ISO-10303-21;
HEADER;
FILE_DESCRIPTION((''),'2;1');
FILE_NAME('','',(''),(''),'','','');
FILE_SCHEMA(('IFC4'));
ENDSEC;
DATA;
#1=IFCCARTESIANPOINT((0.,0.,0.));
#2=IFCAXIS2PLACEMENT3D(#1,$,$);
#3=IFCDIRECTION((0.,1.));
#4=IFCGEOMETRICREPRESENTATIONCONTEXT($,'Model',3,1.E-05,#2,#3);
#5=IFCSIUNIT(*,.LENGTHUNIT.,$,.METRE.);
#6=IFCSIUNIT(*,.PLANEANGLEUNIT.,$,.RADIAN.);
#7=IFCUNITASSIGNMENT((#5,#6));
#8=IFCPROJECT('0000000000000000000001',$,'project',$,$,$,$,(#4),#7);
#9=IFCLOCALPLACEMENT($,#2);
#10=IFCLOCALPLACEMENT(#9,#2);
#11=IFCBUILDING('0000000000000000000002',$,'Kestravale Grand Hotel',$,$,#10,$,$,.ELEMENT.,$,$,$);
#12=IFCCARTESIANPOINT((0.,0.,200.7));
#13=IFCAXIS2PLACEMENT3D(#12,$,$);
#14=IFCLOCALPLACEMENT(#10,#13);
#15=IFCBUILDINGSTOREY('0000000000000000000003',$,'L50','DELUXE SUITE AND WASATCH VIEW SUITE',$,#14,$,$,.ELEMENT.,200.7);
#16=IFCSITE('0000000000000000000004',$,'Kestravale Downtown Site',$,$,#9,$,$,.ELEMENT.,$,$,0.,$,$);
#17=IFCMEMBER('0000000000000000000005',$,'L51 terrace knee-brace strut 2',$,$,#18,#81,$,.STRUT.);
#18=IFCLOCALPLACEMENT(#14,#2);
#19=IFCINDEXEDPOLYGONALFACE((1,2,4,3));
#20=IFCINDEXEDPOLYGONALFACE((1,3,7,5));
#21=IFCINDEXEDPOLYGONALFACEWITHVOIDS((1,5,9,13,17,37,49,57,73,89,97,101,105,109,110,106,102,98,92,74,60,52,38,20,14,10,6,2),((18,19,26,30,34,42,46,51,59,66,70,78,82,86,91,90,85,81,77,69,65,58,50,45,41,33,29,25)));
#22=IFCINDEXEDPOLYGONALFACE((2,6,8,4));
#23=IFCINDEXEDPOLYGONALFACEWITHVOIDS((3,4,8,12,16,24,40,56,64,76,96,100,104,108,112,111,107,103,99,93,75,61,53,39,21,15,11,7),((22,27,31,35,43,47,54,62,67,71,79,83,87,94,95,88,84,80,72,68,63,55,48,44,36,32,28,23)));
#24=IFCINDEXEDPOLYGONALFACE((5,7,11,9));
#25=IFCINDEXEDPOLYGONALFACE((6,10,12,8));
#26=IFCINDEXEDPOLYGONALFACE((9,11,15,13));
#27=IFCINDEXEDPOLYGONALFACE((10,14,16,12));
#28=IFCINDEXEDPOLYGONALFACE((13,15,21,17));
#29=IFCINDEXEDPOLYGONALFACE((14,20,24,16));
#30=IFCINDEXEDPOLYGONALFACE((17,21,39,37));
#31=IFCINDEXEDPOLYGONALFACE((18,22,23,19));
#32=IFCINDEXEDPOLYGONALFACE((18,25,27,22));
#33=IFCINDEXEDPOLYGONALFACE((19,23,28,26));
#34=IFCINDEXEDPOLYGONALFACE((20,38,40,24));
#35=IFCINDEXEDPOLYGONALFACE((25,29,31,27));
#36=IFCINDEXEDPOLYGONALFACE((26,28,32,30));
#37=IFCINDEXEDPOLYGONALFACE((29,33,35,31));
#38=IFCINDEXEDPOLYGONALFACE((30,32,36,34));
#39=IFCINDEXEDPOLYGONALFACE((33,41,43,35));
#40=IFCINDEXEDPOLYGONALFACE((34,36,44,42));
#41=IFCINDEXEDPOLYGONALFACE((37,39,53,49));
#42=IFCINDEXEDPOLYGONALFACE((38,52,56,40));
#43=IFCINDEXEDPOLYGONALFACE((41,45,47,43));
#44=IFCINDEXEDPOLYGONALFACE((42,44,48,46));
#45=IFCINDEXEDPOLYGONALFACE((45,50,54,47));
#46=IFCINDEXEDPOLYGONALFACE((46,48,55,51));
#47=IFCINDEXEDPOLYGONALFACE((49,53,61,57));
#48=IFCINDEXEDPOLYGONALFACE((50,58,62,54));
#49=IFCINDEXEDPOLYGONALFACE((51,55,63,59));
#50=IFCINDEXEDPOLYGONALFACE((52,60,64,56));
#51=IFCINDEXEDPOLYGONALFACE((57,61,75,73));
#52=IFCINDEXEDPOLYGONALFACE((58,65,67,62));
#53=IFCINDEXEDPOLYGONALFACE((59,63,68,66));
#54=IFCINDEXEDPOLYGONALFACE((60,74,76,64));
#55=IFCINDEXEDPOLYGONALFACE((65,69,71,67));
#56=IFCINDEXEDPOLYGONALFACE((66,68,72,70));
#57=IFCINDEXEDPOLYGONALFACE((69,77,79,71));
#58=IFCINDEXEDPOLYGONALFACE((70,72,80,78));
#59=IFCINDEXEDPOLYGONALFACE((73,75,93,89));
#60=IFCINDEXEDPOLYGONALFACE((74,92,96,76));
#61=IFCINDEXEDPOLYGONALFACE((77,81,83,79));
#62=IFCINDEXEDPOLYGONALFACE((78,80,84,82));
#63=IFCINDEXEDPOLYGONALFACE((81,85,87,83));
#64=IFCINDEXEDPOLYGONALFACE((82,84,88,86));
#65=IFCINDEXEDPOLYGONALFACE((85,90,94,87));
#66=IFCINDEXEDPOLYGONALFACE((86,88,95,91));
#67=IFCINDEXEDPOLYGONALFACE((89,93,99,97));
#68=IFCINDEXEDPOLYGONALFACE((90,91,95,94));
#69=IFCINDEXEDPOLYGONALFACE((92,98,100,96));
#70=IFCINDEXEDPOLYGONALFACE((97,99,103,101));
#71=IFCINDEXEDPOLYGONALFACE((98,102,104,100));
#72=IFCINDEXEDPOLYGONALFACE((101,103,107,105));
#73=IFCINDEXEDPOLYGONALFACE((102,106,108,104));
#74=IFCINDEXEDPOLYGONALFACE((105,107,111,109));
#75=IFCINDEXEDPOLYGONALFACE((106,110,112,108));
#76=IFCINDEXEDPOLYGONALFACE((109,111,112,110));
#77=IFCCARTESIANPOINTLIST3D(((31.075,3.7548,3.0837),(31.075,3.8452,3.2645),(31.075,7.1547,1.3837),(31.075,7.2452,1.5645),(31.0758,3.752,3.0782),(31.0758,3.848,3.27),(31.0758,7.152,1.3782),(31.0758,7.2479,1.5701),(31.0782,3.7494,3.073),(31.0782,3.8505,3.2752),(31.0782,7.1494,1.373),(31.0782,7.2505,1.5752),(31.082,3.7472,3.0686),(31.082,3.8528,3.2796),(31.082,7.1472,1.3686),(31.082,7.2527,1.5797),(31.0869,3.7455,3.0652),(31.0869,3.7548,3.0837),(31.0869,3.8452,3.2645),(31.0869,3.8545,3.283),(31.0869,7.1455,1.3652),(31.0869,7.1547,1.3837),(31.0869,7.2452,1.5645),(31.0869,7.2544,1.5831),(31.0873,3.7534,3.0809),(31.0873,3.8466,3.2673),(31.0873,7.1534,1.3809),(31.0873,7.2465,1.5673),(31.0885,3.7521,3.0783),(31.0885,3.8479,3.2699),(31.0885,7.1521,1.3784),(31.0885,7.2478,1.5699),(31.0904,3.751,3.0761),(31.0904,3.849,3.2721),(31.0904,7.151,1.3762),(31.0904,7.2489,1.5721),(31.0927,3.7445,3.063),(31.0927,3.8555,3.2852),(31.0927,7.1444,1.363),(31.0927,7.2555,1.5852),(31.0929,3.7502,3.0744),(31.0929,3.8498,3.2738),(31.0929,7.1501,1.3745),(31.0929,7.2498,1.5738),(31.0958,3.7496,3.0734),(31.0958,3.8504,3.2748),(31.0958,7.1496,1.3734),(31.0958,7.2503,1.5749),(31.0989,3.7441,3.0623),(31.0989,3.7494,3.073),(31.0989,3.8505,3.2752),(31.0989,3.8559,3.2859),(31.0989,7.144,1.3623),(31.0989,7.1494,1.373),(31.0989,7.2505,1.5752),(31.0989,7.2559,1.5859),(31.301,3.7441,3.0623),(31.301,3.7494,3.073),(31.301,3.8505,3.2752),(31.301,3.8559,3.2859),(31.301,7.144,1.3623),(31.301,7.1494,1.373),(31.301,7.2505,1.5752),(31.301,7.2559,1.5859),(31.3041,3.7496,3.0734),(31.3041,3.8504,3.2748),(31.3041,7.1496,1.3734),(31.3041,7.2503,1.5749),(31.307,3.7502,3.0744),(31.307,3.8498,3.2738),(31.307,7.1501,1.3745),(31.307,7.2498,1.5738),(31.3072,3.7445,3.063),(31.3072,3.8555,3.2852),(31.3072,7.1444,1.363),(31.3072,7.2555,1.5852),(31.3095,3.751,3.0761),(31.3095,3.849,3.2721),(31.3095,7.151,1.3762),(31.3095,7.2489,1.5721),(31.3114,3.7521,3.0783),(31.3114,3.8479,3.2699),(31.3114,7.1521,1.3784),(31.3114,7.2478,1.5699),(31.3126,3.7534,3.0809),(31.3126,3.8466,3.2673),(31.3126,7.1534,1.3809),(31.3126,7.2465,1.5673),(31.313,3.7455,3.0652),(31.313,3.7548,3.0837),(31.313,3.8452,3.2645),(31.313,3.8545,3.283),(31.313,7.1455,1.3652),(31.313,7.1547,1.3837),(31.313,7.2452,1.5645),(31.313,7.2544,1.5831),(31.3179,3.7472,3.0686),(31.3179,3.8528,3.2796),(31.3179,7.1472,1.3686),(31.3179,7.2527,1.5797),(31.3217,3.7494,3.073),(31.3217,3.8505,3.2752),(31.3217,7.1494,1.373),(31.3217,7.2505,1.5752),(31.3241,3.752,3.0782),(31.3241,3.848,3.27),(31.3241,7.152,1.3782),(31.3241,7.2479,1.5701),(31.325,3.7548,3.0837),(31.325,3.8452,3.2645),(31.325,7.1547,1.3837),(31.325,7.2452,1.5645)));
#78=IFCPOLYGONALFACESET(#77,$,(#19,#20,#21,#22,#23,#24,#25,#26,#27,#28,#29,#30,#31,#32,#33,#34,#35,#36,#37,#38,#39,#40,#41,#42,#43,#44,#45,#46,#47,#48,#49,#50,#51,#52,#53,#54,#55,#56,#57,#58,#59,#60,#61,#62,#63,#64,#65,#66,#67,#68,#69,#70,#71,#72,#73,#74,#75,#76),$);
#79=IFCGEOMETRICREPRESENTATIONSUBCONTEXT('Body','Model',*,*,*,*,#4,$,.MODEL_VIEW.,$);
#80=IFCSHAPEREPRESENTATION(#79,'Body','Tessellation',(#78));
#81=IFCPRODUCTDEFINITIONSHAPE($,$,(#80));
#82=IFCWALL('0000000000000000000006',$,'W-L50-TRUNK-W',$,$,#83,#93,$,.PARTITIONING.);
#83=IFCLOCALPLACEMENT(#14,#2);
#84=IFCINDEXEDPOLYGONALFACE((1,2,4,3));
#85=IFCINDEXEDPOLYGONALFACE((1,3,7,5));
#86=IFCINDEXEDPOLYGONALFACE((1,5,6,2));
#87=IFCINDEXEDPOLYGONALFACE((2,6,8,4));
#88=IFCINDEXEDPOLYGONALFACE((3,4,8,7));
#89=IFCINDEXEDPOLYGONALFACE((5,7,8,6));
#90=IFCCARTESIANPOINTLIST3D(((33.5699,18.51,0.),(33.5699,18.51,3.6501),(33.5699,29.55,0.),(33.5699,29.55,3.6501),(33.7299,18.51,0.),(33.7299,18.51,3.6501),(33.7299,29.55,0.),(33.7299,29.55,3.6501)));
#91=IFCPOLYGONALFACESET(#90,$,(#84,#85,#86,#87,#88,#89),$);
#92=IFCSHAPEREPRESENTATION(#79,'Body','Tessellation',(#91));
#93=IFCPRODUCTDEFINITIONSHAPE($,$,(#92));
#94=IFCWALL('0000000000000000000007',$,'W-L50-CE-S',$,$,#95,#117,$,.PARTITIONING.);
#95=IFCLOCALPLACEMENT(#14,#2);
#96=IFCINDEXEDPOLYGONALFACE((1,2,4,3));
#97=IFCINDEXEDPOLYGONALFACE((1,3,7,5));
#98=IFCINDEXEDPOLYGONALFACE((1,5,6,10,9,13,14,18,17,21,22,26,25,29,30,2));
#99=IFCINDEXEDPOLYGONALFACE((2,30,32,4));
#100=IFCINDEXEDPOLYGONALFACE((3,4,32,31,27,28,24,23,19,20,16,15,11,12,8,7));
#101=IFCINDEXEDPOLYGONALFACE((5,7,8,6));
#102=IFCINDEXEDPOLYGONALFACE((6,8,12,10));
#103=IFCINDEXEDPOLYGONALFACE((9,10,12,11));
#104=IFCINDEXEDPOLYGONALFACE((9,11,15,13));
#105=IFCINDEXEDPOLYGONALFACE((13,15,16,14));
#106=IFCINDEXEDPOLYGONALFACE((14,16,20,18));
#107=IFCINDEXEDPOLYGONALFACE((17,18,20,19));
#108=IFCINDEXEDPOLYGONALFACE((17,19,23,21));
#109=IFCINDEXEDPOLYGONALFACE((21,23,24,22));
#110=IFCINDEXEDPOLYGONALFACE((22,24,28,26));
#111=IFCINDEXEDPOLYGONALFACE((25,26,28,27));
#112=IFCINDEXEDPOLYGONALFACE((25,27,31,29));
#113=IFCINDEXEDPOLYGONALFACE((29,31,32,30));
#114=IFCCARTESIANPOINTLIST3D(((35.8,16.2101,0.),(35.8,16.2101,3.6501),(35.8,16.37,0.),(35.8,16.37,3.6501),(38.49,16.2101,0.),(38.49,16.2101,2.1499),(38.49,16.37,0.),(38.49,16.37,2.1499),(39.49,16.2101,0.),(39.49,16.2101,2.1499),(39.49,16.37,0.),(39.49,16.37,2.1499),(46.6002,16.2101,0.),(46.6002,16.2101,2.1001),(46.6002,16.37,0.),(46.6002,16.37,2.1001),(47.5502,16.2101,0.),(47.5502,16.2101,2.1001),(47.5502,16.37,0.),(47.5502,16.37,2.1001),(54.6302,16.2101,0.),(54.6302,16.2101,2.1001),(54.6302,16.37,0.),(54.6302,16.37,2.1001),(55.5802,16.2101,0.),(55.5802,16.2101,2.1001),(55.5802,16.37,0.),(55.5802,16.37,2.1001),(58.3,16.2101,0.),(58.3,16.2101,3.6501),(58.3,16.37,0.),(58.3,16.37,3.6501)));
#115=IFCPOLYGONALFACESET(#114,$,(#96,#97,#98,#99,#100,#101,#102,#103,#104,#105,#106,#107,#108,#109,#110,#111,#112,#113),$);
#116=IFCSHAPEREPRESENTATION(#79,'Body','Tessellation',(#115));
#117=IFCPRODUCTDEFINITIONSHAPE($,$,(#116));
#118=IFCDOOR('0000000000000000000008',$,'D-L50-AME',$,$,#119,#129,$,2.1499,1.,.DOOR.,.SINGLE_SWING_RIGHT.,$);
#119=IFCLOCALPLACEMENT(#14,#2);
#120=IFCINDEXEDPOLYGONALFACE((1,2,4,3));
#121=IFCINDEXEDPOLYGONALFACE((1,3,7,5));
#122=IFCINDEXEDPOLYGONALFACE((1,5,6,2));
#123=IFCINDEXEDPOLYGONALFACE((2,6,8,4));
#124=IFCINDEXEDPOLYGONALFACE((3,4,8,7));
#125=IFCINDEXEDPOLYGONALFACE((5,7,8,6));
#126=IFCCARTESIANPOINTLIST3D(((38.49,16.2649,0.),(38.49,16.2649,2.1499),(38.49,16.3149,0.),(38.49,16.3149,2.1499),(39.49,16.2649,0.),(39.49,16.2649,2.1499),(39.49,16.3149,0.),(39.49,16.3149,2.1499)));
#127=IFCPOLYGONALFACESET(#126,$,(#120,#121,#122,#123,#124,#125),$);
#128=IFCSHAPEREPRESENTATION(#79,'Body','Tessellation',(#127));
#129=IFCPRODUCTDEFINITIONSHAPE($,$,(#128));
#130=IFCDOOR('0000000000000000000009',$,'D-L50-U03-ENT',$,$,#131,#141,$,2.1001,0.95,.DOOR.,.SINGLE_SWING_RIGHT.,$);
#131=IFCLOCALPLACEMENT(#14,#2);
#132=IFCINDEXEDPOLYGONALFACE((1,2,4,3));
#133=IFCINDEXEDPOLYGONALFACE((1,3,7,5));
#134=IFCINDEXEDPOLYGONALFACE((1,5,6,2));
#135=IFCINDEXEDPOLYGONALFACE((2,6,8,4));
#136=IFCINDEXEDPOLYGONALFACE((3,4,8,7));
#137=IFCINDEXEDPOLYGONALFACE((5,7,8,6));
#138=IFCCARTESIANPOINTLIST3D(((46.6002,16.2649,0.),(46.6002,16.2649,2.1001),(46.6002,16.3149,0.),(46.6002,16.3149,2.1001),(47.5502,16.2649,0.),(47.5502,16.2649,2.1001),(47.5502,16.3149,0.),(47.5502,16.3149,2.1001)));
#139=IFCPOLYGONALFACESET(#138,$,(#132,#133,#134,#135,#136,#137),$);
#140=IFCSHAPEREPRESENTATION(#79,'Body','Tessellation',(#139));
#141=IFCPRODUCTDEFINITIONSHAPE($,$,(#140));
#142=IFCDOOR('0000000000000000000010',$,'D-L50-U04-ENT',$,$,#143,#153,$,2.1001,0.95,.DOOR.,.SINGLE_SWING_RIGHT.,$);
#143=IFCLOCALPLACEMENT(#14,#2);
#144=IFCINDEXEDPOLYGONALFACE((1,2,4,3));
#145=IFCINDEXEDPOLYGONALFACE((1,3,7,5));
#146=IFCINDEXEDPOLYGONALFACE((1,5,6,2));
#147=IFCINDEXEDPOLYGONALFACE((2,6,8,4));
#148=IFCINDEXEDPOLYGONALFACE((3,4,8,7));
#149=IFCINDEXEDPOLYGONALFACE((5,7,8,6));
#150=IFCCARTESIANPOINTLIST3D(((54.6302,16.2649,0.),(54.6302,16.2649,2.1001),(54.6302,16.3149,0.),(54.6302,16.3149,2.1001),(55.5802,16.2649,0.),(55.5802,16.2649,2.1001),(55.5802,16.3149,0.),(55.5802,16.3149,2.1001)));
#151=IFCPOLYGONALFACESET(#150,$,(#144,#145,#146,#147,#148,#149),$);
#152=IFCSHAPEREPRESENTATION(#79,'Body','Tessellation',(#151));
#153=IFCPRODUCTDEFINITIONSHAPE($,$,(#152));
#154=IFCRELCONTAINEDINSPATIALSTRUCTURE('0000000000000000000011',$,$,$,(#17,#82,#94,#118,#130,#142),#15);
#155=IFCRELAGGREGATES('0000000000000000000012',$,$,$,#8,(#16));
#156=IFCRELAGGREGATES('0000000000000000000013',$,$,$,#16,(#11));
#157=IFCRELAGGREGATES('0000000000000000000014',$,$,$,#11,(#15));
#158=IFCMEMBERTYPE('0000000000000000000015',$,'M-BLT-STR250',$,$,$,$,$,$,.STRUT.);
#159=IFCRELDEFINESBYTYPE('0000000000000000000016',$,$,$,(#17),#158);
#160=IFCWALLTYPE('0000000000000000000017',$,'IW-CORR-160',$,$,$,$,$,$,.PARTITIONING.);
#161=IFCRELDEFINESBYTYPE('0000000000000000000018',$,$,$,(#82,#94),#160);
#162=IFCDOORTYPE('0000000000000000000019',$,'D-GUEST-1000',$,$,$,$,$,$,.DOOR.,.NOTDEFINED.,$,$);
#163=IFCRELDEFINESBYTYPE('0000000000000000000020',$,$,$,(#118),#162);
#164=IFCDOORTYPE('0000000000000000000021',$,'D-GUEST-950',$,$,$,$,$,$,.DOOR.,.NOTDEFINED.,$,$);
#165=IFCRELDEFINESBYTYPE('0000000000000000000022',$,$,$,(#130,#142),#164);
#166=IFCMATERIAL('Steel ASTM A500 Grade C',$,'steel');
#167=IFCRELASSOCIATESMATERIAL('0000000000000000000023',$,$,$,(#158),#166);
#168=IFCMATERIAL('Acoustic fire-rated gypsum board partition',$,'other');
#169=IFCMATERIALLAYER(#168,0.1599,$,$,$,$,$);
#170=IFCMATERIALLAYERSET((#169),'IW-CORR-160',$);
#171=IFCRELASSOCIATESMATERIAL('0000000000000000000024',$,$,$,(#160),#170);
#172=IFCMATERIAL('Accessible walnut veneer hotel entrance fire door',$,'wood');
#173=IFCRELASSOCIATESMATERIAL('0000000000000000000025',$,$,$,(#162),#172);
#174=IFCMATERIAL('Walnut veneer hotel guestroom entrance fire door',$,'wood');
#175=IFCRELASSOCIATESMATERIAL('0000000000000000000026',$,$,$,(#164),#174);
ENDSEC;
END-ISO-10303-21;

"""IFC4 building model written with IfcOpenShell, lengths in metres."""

from ifc_helpers import new_model, si_unit, direction, frame, frame_2d, origin, origin_2d, place, context, subcontext, project, spatial, rectangle, hollow_rectangle, extrude, material, layer, layer_set, material_profile, profile_set, type_object, element, fill, save


model = new_model("IFC4")

# Units and contexts
model_context = context("Model", 3, precision=1e-05, world=origin(), true_north=direction((0.0, 1.0)))
body_context = subcontext(model_context, "Body", "Model", "MODEL_VIEW")
ifc_project = project(units=[si_unit("LENGTHUNIT", "METRE"), si_unit("PLANEANGLEUNIT", "RADIAN")], contexts=[model_context])

# Site, building, storey
site_placement = place(None, origin())
site = spatial("IfcSite", under=ifc_project, at=site_placement, Name="Kestravale Downtown Site", CompositionType="ELEMENT", RefElevation=0.0)
building_placement = place(site_placement, origin())
building = spatial("IfcBuilding", under=site, at=building_placement, Name="Kestravale Grand Hotel", CompositionType="ELEMENT")
storey_placement = place(building_placement, frame((0.0, 0.0, 200.7)))
storey = spatial("IfcBuildingStorey", under=building, at=storey_placement, Name="L50", Description="DELUXE SUITE AND WASATCH VIEW SUITE", CompositionType="ELEMENT", Elevation=200.7)

# Member
ifc_material_1 = material(Name="Steel ASTM A500 Grade C", Category="steel")
ifc_material_profile_1 = material_profile(ifc_material_1, hollow_rectangle(XDim=0.25, YDim=0.25, WallThickness=0.012, InnerFilletRadius=0.012, OuterFilletRadius=0.0239, at=origin_2d()))
ifc_profile_set_1 = profile_set([ifc_material_profile_1], Name="Steel ASTM A500 Grade C")
member_type = type_object("IfcMemberType", Name="M-BLT-STR250", PredefinedType="STRUT", material=ifc_profile_set_1)
member_placement = place(storey_placement, frame((31.2, 7.2, 1.4741), z_axis=(0.0, -0.894427, 0.447214), x_axis=(1.0, 0.0, 0.0)))
element("IfcMember", 1, at=member_placement, inside=storey, type_object=member_type, Name="L51 terrace knee-brace strut 2", PredefinedType="STRUT", context=body_context, shape_type="SweptSolid", body=[
    extrude(hollow_rectangle(XDim=0.25, YDim=0.25, WallThickness=0.012, InnerFilletRadius=0.012, OuterFilletRadius=0.0239, at=origin_2d()), origin(), (0.0, 0.0, 1.0), 3.8013),
])

# Wall
ifc_material_2 = material(Name="Acoustic fire-rated gypsum board partition", Category="other")
ifc_layer_1 = layer(ifc_material_2, 0.1599)
ifc_layer_set_1 = layer_set([ifc_layer_1], Name="IW-CORR-160")
wall_type_1 = type_object("IfcWallType", Name="IW-CORR-160", PredefinedType="PARTITIONING", material=ifc_layer_set_1)
wall_1_placement = place(storey_placement, frame((33.6499, 18.51, 0.0), z_axis=(0.0, 0.0, 1.0), x_axis=(0.0, 1.0, 0.0)))
element("IfcWall", 2, at=wall_1_placement, inside=storey, type_object=wall_type_1, Name="W-L50-TRUNK-W", PredefinedType="PARTITIONING", context=body_context, shape_type="SweptSolid", body=[
    extrude(rectangle(XDim=11.04, YDim=0.1599, at=frame_2d((5.52, 0.0))), origin(), (0.0, 0.0, 1.0), 3.6501),
])

# Wall, openings, doors
wall_2_placement = place(storey_placement, frame((35.8, 16.29, 0.0), z_axis=(0.0, 0.0, 1.0), x_axis=(1.0, 0.0, 0.0)))
wall_2 = element("IfcWall", 3, at=wall_2_placement, inside=storey, type_object=wall_type_1, Name="W-L50-CE-S", PredefinedType="PARTITIONING", context=body_context, shape_type="SweptSolid", body=[
    extrude(rectangle(XDim=22.5, YDim=0.1599, at=frame_2d((11.25, 0.0))), origin(), (0.0, 0.0, 1.0), 3.6501),
])
opening_1_placement = place(wall_2_placement, frame((2.6899, 0.0, 0.0)))
opening_1 = element("IfcOpeningElement", 4, at=opening_1_placement, cuts=wall_2, PredefinedType="OPENING", context=body_context, shape_type="SweptSolid", body=[
    extrude(rectangle(XDim=1.0, YDim=2.1499, at=frame_2d((0.5, 1.075))), frame((0.0, 0.0898, 0.0), z_axis=(0.0, -1.0, 0.0), x_axis=(1.0, 0.0, 0.0)), (0.0, 0.0, 1.0), 0.1799),
])
opening_2_placement = place(wall_2_placement, frame((10.8, 0.0, 0.0)))
opening_2 = element("IfcOpeningElement", 5, at=opening_2_placement, cuts=wall_2, PredefinedType="OPENING", context=body_context, shape_type="SweptSolid", body=[
    extrude(rectangle(XDim=0.95, YDim=2.1001, at=frame_2d((0.4751, 1.05))), frame((0.0, 0.0898, 0.0), z_axis=(0.0, -1.0, 0.0), x_axis=(1.0, 0.0, 0.0)), (0.0, 0.0, 1.0), 0.1799),
])
opening_3_placement = place(wall_2_placement, frame((18.8301, 0.0, 0.0)))
opening_3 = element("IfcOpeningElement", 6, at=opening_3_placement, cuts=wall_2, PredefinedType="OPENING", context=body_context, shape_type="SweptSolid", body=[
    extrude(rectangle(XDim=0.95, YDim=2.1001, at=frame_2d((0.4751, 1.05))), frame((0.0, 0.0898, 0.0), z_axis=(0.0, -1.0, 0.0), x_axis=(1.0, 0.0, 0.0)), (0.0, 0.0, 1.0), 0.1799),
])
ifc_material_3 = material(Name="Accessible walnut veneer hotel entrance fire door", Category="wood")
door_type_1 = type_object("IfcDoorType", Name="D-GUEST-1000", OperationType="NOTDEFINED", PredefinedType="DOOR", material=ifc_material_3)
door_1_placement = place(opening_1_placement, origin())
door_1 = element("IfcDoor", 7, at=door_1_placement, inside=storey, type_object=door_type_1, Name="D-L50-AME", OperationType="SINGLE_SWING_RIGHT", OverallHeight=2.1499, OverallWidth=1.0, PredefinedType="DOOR", context=body_context, shape_type="SweptSolid", body=[
    extrude(rectangle(XDim=1.0, YDim=2.1499, at=frame_2d((0.5, 1.075))), frame((0.0, 0.0249, 0.0), z_axis=(0.0, -1.0, 0.0), x_axis=(1.0, 0.0, 0.0)), (0.0, 0.0, 1.0), 0.05),
])
fill(opening_1, door_1)
ifc_material_4 = material(Name="Walnut veneer hotel guestroom entrance fire door", Category="wood")
door_type_2 = type_object("IfcDoorType", Name="D-GUEST-950", OperationType="NOTDEFINED", PredefinedType="DOOR", material=ifc_material_4)
door_2_placement = place(opening_2_placement, origin())
door_2 = element("IfcDoor", 8, at=door_2_placement, inside=storey, type_object=door_type_2, Name="D-L50-U03-ENT", OperationType="SINGLE_SWING_RIGHT", OverallHeight=2.1001, OverallWidth=0.95, PredefinedType="DOOR", context=body_context, shape_type="SweptSolid", body=[
    extrude(rectangle(XDim=0.95, YDim=2.1001, at=frame_2d((0.4751, 1.05))), frame((0.0, 0.0249, 0.0), z_axis=(0.0, -1.0, 0.0), x_axis=(1.0, 0.0, 0.0)), (0.0, 0.0, 1.0), 0.05),
])
fill(opening_2, door_2)
door_3_placement = place(opening_3_placement, origin())
door_3 = element("IfcDoor", 9, at=door_3_placement, inside=storey, type_object=door_type_2, Name="D-L50-U04-ENT", OperationType="SINGLE_SWING_RIGHT", OverallHeight=2.1001, OverallWidth=0.95, PredefinedType="DOOR", context=body_context, shape_type="SweptSolid", body=[
    extrude(rectangle(XDim=0.95, YDim=2.1001, at=frame_2d((0.4751, 1.05))), frame((0.0, 0.0249, 0.0), z_axis=(0.0, -1.0, 0.0), x_axis=(1.0, 0.0, 0.0)), (0.0, 0.0, 1.0), 0.05),
])
fill(opening_3, door_3)

save(model, "model.ifc")
